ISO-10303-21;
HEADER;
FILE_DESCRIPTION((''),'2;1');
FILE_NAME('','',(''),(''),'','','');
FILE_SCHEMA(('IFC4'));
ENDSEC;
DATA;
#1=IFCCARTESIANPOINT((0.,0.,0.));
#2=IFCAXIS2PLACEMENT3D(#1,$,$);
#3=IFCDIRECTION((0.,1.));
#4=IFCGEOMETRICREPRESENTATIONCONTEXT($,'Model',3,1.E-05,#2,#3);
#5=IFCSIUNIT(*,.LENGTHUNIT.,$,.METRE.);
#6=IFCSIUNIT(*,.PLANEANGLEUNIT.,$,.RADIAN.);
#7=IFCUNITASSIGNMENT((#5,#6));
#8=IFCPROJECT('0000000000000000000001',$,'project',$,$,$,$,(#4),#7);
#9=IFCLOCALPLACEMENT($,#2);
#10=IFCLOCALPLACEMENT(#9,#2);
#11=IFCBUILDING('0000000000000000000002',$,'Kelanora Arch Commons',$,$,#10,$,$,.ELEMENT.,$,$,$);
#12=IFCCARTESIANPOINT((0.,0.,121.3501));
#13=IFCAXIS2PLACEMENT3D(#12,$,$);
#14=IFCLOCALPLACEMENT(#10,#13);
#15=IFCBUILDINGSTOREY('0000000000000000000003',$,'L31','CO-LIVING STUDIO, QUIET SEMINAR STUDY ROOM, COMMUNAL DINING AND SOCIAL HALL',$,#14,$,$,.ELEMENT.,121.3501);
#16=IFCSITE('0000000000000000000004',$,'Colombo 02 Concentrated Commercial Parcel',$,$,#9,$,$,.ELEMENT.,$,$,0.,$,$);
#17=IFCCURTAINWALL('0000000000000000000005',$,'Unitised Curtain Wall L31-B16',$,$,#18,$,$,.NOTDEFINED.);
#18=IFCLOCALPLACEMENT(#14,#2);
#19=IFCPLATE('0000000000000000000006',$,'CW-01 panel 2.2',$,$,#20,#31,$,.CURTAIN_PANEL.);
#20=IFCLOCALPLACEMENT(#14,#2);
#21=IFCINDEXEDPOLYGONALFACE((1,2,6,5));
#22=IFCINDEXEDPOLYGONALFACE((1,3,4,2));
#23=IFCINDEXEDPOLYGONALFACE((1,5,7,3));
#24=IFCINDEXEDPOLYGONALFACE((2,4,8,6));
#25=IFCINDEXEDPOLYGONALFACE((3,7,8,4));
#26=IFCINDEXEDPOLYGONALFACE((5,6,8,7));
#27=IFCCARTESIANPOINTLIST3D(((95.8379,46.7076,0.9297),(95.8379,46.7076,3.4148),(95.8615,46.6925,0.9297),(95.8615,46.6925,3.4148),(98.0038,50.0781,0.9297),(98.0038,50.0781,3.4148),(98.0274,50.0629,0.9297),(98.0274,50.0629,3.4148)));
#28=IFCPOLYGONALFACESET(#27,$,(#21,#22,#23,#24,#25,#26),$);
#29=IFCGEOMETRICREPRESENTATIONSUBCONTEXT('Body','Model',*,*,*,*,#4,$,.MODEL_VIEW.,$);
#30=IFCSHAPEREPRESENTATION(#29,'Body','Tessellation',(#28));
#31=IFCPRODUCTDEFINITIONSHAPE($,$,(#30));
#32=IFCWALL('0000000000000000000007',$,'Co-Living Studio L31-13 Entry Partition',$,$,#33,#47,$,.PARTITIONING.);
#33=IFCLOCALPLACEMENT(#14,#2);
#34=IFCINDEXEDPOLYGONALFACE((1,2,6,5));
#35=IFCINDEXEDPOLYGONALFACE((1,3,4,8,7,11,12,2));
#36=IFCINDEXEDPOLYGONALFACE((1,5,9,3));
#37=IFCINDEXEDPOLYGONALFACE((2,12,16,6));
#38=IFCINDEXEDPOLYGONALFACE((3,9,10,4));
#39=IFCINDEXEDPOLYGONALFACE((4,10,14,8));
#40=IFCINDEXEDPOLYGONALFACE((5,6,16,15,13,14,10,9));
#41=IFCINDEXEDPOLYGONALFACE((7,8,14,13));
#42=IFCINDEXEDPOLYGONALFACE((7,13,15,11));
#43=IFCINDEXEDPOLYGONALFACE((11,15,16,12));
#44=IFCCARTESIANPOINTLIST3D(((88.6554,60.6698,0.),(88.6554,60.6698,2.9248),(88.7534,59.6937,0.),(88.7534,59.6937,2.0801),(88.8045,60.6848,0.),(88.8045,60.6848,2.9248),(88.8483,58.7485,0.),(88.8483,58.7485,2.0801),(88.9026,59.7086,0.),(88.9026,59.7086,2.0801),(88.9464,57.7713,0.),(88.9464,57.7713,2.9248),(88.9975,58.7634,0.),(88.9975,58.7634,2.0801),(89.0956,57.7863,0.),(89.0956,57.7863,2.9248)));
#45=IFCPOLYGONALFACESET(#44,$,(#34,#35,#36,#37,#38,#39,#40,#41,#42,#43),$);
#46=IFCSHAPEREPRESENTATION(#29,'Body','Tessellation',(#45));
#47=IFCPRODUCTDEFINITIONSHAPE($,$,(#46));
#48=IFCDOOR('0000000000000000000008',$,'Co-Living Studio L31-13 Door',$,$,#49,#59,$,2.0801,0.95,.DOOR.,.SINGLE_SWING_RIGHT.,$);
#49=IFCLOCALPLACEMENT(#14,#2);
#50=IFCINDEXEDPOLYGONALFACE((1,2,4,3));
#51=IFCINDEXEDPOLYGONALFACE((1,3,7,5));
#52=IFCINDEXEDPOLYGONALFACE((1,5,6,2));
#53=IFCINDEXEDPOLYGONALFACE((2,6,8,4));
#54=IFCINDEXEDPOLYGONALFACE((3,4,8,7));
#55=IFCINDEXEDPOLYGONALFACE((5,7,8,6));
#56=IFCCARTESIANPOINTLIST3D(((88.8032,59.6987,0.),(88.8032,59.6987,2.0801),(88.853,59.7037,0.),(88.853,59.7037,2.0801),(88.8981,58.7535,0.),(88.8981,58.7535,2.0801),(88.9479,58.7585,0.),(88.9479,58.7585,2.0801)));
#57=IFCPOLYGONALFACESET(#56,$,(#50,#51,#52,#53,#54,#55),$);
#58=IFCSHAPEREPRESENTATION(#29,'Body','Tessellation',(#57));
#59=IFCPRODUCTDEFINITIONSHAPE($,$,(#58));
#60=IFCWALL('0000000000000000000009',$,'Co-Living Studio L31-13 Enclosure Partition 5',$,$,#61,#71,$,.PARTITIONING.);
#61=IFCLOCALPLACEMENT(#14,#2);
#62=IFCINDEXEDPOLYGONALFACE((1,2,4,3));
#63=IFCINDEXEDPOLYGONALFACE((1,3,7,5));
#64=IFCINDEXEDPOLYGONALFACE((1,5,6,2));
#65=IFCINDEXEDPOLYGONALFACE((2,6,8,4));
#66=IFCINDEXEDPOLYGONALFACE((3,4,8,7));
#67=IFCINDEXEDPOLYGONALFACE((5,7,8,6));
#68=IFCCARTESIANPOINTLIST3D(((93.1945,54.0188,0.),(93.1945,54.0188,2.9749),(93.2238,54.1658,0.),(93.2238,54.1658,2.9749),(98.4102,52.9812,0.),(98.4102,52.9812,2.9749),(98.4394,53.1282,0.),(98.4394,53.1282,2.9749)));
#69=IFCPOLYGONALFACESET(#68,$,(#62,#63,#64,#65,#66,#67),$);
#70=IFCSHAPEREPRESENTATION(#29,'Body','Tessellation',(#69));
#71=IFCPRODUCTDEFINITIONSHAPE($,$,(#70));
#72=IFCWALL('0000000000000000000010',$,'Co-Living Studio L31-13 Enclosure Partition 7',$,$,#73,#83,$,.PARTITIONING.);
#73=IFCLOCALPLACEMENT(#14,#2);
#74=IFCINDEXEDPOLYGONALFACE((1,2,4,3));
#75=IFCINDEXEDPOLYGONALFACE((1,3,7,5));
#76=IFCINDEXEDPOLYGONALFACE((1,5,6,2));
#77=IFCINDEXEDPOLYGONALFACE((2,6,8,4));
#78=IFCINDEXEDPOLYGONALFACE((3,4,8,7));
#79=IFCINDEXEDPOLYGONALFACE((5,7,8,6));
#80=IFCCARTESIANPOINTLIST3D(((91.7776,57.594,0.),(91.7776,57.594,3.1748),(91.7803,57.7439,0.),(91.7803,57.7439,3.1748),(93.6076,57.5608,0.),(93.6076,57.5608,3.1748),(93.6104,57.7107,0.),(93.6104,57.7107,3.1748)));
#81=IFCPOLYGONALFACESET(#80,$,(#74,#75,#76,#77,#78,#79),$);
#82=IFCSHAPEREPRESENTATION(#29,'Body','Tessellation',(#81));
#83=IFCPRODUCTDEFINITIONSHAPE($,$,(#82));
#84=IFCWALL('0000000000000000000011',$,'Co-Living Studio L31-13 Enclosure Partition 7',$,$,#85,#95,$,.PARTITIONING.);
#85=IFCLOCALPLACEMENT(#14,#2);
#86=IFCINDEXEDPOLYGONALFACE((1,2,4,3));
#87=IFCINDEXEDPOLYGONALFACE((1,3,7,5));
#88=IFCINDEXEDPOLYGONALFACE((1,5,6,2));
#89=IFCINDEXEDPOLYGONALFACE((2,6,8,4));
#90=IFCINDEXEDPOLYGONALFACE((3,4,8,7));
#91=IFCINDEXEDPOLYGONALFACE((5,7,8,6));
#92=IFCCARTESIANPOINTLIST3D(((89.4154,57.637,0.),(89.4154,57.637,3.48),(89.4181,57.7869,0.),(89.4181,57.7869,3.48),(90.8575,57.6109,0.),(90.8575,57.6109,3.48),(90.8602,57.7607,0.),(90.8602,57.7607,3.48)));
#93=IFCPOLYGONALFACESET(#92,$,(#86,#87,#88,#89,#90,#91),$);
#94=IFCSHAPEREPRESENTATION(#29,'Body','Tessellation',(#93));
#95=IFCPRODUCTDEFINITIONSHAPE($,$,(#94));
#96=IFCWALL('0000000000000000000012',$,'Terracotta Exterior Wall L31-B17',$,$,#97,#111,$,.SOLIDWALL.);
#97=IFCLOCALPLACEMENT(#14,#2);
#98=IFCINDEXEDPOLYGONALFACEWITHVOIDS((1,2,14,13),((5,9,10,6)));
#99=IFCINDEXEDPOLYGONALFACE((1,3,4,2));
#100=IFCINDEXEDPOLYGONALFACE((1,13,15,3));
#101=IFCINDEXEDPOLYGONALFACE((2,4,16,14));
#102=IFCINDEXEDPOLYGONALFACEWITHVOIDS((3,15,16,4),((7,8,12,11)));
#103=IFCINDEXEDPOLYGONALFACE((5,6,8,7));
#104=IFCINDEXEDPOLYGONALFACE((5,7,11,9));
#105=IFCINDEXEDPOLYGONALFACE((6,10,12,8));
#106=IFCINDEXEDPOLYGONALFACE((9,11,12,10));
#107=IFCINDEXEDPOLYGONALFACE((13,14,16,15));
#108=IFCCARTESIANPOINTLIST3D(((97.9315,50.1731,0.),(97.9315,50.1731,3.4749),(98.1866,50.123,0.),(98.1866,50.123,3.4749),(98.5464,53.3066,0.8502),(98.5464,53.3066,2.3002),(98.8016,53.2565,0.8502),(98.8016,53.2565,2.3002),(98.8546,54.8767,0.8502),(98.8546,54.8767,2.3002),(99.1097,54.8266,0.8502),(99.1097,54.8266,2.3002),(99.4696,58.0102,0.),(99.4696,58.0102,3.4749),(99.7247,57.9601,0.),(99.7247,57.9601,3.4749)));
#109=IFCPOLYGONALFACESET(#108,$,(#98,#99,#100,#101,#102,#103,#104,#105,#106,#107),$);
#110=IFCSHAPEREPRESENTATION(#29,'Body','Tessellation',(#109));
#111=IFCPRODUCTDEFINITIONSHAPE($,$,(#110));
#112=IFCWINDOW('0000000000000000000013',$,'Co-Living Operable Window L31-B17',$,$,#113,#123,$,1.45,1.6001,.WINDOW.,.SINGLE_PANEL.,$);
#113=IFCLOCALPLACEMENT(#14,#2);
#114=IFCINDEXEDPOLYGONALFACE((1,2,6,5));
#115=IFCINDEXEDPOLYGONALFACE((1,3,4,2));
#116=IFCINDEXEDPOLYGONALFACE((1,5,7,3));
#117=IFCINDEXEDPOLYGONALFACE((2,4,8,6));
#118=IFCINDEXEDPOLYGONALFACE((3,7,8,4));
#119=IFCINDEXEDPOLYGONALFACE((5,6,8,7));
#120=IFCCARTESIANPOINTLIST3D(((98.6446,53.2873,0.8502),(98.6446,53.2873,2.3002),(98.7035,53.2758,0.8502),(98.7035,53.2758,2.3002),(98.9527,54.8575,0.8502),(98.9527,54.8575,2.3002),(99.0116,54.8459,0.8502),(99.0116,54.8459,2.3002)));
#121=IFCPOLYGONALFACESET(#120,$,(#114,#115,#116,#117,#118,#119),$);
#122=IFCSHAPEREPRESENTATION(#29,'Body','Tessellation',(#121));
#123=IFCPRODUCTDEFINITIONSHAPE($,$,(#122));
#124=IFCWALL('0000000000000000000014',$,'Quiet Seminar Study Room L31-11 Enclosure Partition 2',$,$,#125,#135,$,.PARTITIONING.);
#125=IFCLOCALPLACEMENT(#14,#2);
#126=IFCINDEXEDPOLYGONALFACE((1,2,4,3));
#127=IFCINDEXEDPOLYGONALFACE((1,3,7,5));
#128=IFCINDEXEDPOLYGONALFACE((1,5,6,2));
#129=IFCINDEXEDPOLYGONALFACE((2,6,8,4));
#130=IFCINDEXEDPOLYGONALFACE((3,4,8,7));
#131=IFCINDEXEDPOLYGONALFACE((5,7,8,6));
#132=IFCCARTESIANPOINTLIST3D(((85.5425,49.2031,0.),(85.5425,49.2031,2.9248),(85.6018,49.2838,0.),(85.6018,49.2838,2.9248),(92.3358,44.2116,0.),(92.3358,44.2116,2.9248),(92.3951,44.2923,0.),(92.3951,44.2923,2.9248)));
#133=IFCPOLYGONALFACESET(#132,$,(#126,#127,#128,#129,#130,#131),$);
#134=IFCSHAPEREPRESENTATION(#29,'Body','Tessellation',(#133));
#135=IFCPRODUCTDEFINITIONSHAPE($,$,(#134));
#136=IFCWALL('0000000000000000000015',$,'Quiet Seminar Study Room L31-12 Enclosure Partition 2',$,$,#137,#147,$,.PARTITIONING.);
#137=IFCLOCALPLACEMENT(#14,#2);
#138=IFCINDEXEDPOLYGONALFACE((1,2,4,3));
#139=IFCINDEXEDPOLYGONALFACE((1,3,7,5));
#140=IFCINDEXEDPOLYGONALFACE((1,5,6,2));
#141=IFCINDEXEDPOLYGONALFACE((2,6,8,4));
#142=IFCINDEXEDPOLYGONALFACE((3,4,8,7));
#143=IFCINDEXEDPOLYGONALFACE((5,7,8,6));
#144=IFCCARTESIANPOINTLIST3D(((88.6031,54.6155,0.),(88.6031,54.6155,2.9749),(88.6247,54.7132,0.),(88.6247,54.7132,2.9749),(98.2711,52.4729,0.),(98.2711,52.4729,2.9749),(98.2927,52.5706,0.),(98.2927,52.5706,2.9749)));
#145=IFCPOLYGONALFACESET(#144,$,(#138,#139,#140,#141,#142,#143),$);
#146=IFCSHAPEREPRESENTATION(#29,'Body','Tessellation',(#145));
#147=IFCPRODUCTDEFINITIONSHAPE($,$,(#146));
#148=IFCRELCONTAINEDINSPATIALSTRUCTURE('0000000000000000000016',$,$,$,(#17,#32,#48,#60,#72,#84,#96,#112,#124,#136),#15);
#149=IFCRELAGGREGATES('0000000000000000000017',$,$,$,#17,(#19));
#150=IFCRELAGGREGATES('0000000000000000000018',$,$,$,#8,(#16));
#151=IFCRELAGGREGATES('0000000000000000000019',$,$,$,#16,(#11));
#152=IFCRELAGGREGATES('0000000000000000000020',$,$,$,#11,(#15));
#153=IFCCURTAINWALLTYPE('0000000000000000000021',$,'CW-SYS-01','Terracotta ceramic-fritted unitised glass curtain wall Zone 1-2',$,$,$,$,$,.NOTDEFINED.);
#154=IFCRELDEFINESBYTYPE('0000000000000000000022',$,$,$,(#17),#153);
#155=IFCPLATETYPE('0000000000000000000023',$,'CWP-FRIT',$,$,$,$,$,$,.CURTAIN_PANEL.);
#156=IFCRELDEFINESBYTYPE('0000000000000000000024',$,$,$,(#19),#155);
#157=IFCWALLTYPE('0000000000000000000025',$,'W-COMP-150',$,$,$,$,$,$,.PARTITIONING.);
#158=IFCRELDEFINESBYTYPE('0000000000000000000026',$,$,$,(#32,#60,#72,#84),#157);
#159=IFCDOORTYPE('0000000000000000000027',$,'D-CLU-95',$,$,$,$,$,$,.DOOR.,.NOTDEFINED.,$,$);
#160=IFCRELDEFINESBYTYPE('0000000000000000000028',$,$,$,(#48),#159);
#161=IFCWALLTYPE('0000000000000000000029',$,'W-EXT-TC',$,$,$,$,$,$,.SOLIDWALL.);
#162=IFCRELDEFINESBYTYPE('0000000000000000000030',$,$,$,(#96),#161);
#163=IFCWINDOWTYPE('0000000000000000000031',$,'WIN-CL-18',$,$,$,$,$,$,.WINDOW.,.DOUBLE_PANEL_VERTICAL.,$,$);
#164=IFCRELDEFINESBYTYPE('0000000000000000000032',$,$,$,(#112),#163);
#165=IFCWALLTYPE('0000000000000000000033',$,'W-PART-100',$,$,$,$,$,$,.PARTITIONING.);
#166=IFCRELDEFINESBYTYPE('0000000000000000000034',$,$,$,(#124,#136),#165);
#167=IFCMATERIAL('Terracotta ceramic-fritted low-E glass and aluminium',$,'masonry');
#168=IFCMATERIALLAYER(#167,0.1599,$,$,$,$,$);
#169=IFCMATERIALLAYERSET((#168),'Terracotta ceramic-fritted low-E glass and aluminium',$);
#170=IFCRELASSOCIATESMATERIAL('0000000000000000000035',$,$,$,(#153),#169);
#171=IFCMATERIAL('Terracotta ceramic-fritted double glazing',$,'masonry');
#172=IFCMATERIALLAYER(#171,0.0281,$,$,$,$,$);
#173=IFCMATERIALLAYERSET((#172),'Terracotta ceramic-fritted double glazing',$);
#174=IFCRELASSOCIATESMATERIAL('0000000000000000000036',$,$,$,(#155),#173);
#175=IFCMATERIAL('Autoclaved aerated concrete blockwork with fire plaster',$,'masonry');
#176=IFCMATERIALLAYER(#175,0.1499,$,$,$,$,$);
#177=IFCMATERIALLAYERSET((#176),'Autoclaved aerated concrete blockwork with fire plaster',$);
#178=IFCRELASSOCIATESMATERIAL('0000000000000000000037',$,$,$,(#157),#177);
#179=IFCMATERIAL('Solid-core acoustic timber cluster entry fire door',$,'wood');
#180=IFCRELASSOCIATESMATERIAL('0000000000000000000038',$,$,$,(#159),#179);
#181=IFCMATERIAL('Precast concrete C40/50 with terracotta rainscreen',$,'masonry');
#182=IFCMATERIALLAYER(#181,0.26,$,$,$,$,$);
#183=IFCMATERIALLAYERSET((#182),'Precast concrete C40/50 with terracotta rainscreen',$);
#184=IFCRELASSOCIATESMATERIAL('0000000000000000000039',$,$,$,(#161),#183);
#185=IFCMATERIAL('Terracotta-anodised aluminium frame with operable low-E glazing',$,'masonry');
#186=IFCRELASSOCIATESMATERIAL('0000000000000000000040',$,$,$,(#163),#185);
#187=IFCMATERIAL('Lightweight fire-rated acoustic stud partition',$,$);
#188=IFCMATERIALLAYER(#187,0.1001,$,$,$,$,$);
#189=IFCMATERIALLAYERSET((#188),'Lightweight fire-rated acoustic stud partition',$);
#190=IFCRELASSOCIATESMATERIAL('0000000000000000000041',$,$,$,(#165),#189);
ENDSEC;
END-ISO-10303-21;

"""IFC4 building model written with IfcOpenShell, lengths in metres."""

from ifc_helpers import new_model, si_unit, direction, frame, frame_2d, origin, origin_2d, place, context, subcontext, project, spatial, rectangle, extrude, source, transform, mapped, material, layer, layer_set, type_object, element, fill, aggregate, save


model = new_model("IFC4")

# Units and contexts
model_context = context("Model", 3, precision=1e-05, world=origin(), true_north=direction((0.0, 1.0)))
body_context = subcontext(model_context, "Body", "Model", "MODEL_VIEW")
ifc_project = project(units=[si_unit("LENGTHUNIT", "METRE"), si_unit("PLANEANGLEUNIT", "RADIAN")], contexts=[model_context])

# Site, building, storey
site_placement = place(None, origin())
site = spatial("IfcSite", under=ifc_project, at=site_placement, Name="Colombo 02 Concentrated Commercial Parcel", CompositionType="ELEMENT", RefElevation=0.0)
building_placement = place(site_placement, origin())
building = spatial("IfcBuilding", under=site, at=building_placement, Name="Kelanora Arch Commons", CompositionType="ELEMENT")
storey_placement = place(building_placement, frame((0.0, 0.0, 121.3501)))
storey = spatial("IfcBuildingStorey", under=building, at=storey_placement, Name="L31", Description="CO-LIVING STUDIO, QUIET SEMINAR STUDY ROOM, COMMUNAL DINING AND SOCIAL HALL", CompositionType="ELEMENT", Elevation=121.3501)

# Curtain wall, plate
ifc_material_1 = material(Name="Terracotta ceramic-fritted low-E glass and aluminium", Category="masonry")
ifc_layer_1 = layer(ifc_material_1, 0.1599)
ifc_layer_set_1 = layer_set([ifc_layer_1], Name="Terracotta ceramic-fritted low-E glass and aluminium")
curtain_wall_type = type_object("IfcCurtainWallType", Name="CW-SYS-01", Description="Terracotta ceramic-fritted unitised glass curtain wall Zone 1-2", PredefinedType="NOTDEFINED", material=ifc_layer_set_1)
curtain_wall_placement = place(storey_placement, origin())
curtain_wall = element("IfcCurtainWall", 1, at=curtain_wall_placement, inside=storey, type_object=curtain_wall_type, Name="Unitised Curtain Wall L31-B16", PredefinedType="NOTDEFINED")
ifc_material_2 = material(Name="Terracotta ceramic-fritted double glazing", Category="masonry")
ifc_layer_2 = layer(ifc_material_2, 0.0281)
ifc_layer_set_2 = layer_set([ifc_layer_2], Name="Terracotta ceramic-fritted double glazing")
plate_type = type_object("IfcPlateType", Name="CWP-FRIT", PredefinedType="CURTAIN_PANEL", material=ifc_layer_set_2)
shared_shape_1 = source(origin(), body_context, "Body", "SweptSolid", [
    extrude(rectangle(XDim=4.0063, YDim=0.0281, at=origin_2d()), origin(), (0.0, 0.0, 1.0), 2.4851),
])
plate_1_placement = place(storey_placement, frame((96.9326, 48.3853, 0.9297), z_axis=(0.0, 0.0, 1.0), x_axis=(0.540617, 0.841269, 0.0)))
plate_1 = element("IfcPlate", 2, at=plate_1_placement, type_object=plate_type, Name="CW-01 panel 2.2", PredefinedType="CURTAIN_PANEL", context=body_context, shape_type="MappedRepresentation", body=[
    mapped(shared_shape_1, transform((0.0, 0.0, 0.0), scale=1.0)),
])
aggregate(curtain_wall, [plate_1])

# Wall, opening, door
ifc_material_3 = material(Name="Autoclaved aerated concrete blockwork with fire plaster", Category="masonry")
ifc_layer_3 = layer(ifc_material_3, 0.1499)
ifc_layer_set_3 = layer_set([ifc_layer_3], Name="Autoclaved aerated concrete blockwork with fire plaster")
wall_type_1 = type_object("IfcWallType", Name="W-COMP-150", PredefinedType="PARTITIONING", material=ifc_layer_set_3)
wall_1_placement = place(storey_placement, frame((89.021, 57.7788, 0.0), z_axis=(0.0, 0.0, 1.0), x_axis=(-0.099902, 0.994997, 0.0)))
wall_1 = element("IfcWall", 3, at=wall_1_placement, inside=storey, type_object=wall_type_1, Name="Co-Living Studio L31-13 Entry Partition", PredefinedType="PARTITIONING", context=body_context, shape_type="SweptSolid", body=[
    extrude(rectangle(XDim=2.9131, YDim=0.1499, at=frame_2d((1.4565, 0.0))), origin(), (0.0, 0.0, 1.0), 2.9248),
])
opening_1_placement = place(wall_1_placement, frame((0.9819, 0.0, 0.0)))
opening_1 = element("IfcOpeningElement", 4, at=opening_1_placement, cuts=wall_1, PredefinedType="OPENING", context=body_context, shape_type="SweptSolid", body=[
    extrude(rectangle(XDim=0.95, YDim=2.0801, at=frame_2d((0.4751, 1.04))), frame((0.0, 0.085, 0.0), z_axis=(0.0, -1.0, 0.0), x_axis=(1.0, 0.0, 0.0)), (0.0, 0.0, 1.0), 0.1699),
])
ifc_material_4 = material(Name="Solid-core acoustic timber cluster entry fire door", Category="wood")
door_type_1 = type_object("IfcDoorType", Name="D-CLU-95", OperationType="NOTDEFINED", PredefinedType="DOOR", material=ifc_material_4)
door_1_placement = place(opening_1_placement, origin())
door_1 = element("IfcDoor", 5, at=door_1_placement, inside=storey, type_object=door_type_1, Name="Co-Living Studio L31-13 Door", OperationType="SINGLE_SWING_RIGHT", OverallHeight=2.0801, OverallWidth=0.95, PredefinedType="DOOR", context=body_context, shape_type="SweptSolid", body=[
    extrude(rectangle(XDim=0.95, YDim=2.0801, at=frame_2d((0.4751, 1.04))), frame((0.0, 0.0249, 0.0), z_axis=(0.0, -1.0, 0.0), x_axis=(1.0, 0.0, 0.0)), (0.0, 0.0, 1.0), 0.05),
])
fill(opening_1, door_1)

# Walls
wall_2_placement = place(storey_placement, frame((98.4248, 53.0547, 0.0), z_axis=(0.0, 0.0, 1.0), x_axis=(-0.98078, 0.195118, 0.0)))
element("IfcWall", 6, at=wall_2_placement, inside=storey, type_object=wall_type_1, Name="Co-Living Studio L31-13 Enclosure Partition 5", PredefinedType="PARTITIONING", context=body_context, shape_type="SweptSolid", body=[
    extrude(rectangle(XDim=5.3179, YDim=0.1499, at=frame_2d((2.6589, 0.0))), origin(), (0.0, 0.0, 1.0), 2.9749),
])
wall_3_placement = place(storey_placement, frame((93.6089, 57.6357, 0.0), z_axis=(0.0, 0.0, 1.0), x_axis=(-0.999835, 0.01814, 0.0)))
element("IfcWall", 7, at=wall_3_placement, inside=storey, type_object=wall_type_1, Name="Co-Living Studio L31-13 Enclosure Partition 7", PredefinedType="PARTITIONING", context=body_context, shape_type="SweptSolid", body=[
    extrude(rectangle(XDim=1.8303, YDim=0.1499, at=frame_2d((0.915, 0.0))), origin(), (0.0, 0.0, 1.0), 3.1748),
])
wall_4_placement = place(storey_placement, frame((90.8589, 57.6858, 0.0), z_axis=(0.0, 0.0, 1.0), x_axis=(-0.999836, 0.018111, 0.0)))
element("IfcWall", 8, at=wall_4_placement, inside=storey, type_object=wall_type_1, Name="Co-Living Studio L31-13 Enclosure Partition 7", PredefinedType="PARTITIONING", context=body_context, shape_type="SweptSolid", body=[
    extrude(rectangle(XDim=1.4424, YDim=0.1499, at=frame_2d((0.7212, 0.0))), origin(), (0.0, 0.0, 1.0), 3.48),
])

# Wall, opening, window
ifc_material_5 = material(Name="Precast concrete C40/50 with terracotta rainscreen", Category="masonry")
ifc_layer_4 = layer(ifc_material_5, 0.26)
ifc_layer_set_4 = layer_set([ifc_layer_4], Name="Precast concrete C40/50 with terracotta rainscreen")
wall_type_2 = type_object("IfcWallType", Name="W-EXT-TC", PredefinedType="SOLIDWALL", material=ifc_layer_set_4)
wall_5_placement = place(storey_placement, frame((98.0591, 50.1482, 0.0), z_axis=(0.0, 0.0, 1.0), x_axis=(0.192582, 0.981281, 0.0)))
wall_5 = element("IfcWall", 9, at=wall_5_placement, inside=storey, type_object=wall_type_2, Name="Terracotta Exterior Wall L31-B17", PredefinedType="SOLIDWALL", context=body_context, shape_type="SweptSolid", body=[
    extrude(rectangle(XDim=7.9866, YDim=0.26, at=frame_2d((3.9932, 0.0))), origin(), (0.0, 0.0, 1.0), 3.4749),
])
opening_2_placement = place(wall_5_placement, frame((3.1931, 0.0, 0.8501)))
opening_2 = element("IfcOpeningElement", 10, at=opening_2_placement, cuts=wall_5, PredefinedType="OPENING", context=body_context, shape_type="SweptSolid", body=[
    extrude(rectangle(XDim=1.6001, YDim=1.45, at=frame_2d((0.8, 0.7251))), frame((0.0, 0.1401, 0.0), z_axis=(0.0, -1.0, 0.0), x_axis=(1.0, 0.0, 0.0)), (0.0, 0.0, 1.0), 0.28),
])
ifc_material_6 = material(Name="Terracotta-anodised aluminium frame with operable low-E glazing", Category="masonry")
window_type = type_object("IfcWindowType", Name="WIN-CL-18", PartitioningType="DOUBLE_PANEL_VERTICAL", PredefinedType="WINDOW", material=ifc_material_6)
window_placement = place(opening_2_placement, origin())
window = element("IfcWindow", 11, at=window_placement, inside=storey, type_object=window_type, Name="Co-Living Operable Window L31-B17", OverallHeight=1.45, OverallWidth=1.6001, PartitioningType="SINGLE_PANEL", PredefinedType="WINDOW", context=body_context, shape_type="SweptSolid", body=[
    extrude(rectangle(XDim=1.6001, YDim=1.45, at=frame_2d((0.8, 0.7251))), frame((0.0, 0.03, 0.0), z_axis=(0.0, -1.0, 0.0), x_axis=(1.0, 0.0, 0.0)), (0.0, 0.0, 1.0), 0.0601),
])
fill(opening_2, window)

# Walls
ifc_material_7 = material(Name="Lightweight fire-rated acoustic stud partition")
ifc_layer_5 = layer(ifc_material_7, 0.1001)
ifc_layer_set_5 = layer_set([ifc_layer_5], Name="Lightweight fire-rated acoustic stud partition")
wall_type_3 = type_object("IfcWallType", Name="W-PART-100", PredefinedType="PARTITIONING", material=ifc_layer_set_5)
wall_6_placement = place(storey_placement, frame((85.5723, 49.2434, 0.0), z_axis=(0.0, 0.0, 1.0), x_axis=(0.805852, -0.592117, 0.0)))
element("IfcWall", 12, at=wall_6_placement, inside=storey, type_object=wall_type_3, Name="Quiet Seminar Study Room L31-11 Enclosure Partition 2", PredefinedType="PARTITIONING", context=body_context, shape_type="SweptSolid", body=[
    extrude(rectangle(XDim=8.4299, YDim=0.1001, at=frame_2d((4.2148, 0.0))), origin(), (0.0, 0.0, 1.0), 2.9248),
])
wall_7_placement = place(storey_placement, frame((88.614, 54.6643, 0.0), z_axis=(0.0, 0.0, 1.0), x_axis=(0.976312, -0.216367, 0.0)))
element("IfcWall", 13, at=wall_7_placement, inside=storey, type_object=wall_type_3, Name="Quiet Seminar Study Room L31-12 Enclosure Partition 2", PredefinedType="PARTITIONING", context=body_context, shape_type="SweptSolid", body=[
    extrude(rectangle(XDim=9.9026, YDim=0.1001, at=frame_2d((4.9512, 0.0))), origin(), (0.0, 0.0, 1.0), 2.9749),
])

save(model, "model.ifc")
